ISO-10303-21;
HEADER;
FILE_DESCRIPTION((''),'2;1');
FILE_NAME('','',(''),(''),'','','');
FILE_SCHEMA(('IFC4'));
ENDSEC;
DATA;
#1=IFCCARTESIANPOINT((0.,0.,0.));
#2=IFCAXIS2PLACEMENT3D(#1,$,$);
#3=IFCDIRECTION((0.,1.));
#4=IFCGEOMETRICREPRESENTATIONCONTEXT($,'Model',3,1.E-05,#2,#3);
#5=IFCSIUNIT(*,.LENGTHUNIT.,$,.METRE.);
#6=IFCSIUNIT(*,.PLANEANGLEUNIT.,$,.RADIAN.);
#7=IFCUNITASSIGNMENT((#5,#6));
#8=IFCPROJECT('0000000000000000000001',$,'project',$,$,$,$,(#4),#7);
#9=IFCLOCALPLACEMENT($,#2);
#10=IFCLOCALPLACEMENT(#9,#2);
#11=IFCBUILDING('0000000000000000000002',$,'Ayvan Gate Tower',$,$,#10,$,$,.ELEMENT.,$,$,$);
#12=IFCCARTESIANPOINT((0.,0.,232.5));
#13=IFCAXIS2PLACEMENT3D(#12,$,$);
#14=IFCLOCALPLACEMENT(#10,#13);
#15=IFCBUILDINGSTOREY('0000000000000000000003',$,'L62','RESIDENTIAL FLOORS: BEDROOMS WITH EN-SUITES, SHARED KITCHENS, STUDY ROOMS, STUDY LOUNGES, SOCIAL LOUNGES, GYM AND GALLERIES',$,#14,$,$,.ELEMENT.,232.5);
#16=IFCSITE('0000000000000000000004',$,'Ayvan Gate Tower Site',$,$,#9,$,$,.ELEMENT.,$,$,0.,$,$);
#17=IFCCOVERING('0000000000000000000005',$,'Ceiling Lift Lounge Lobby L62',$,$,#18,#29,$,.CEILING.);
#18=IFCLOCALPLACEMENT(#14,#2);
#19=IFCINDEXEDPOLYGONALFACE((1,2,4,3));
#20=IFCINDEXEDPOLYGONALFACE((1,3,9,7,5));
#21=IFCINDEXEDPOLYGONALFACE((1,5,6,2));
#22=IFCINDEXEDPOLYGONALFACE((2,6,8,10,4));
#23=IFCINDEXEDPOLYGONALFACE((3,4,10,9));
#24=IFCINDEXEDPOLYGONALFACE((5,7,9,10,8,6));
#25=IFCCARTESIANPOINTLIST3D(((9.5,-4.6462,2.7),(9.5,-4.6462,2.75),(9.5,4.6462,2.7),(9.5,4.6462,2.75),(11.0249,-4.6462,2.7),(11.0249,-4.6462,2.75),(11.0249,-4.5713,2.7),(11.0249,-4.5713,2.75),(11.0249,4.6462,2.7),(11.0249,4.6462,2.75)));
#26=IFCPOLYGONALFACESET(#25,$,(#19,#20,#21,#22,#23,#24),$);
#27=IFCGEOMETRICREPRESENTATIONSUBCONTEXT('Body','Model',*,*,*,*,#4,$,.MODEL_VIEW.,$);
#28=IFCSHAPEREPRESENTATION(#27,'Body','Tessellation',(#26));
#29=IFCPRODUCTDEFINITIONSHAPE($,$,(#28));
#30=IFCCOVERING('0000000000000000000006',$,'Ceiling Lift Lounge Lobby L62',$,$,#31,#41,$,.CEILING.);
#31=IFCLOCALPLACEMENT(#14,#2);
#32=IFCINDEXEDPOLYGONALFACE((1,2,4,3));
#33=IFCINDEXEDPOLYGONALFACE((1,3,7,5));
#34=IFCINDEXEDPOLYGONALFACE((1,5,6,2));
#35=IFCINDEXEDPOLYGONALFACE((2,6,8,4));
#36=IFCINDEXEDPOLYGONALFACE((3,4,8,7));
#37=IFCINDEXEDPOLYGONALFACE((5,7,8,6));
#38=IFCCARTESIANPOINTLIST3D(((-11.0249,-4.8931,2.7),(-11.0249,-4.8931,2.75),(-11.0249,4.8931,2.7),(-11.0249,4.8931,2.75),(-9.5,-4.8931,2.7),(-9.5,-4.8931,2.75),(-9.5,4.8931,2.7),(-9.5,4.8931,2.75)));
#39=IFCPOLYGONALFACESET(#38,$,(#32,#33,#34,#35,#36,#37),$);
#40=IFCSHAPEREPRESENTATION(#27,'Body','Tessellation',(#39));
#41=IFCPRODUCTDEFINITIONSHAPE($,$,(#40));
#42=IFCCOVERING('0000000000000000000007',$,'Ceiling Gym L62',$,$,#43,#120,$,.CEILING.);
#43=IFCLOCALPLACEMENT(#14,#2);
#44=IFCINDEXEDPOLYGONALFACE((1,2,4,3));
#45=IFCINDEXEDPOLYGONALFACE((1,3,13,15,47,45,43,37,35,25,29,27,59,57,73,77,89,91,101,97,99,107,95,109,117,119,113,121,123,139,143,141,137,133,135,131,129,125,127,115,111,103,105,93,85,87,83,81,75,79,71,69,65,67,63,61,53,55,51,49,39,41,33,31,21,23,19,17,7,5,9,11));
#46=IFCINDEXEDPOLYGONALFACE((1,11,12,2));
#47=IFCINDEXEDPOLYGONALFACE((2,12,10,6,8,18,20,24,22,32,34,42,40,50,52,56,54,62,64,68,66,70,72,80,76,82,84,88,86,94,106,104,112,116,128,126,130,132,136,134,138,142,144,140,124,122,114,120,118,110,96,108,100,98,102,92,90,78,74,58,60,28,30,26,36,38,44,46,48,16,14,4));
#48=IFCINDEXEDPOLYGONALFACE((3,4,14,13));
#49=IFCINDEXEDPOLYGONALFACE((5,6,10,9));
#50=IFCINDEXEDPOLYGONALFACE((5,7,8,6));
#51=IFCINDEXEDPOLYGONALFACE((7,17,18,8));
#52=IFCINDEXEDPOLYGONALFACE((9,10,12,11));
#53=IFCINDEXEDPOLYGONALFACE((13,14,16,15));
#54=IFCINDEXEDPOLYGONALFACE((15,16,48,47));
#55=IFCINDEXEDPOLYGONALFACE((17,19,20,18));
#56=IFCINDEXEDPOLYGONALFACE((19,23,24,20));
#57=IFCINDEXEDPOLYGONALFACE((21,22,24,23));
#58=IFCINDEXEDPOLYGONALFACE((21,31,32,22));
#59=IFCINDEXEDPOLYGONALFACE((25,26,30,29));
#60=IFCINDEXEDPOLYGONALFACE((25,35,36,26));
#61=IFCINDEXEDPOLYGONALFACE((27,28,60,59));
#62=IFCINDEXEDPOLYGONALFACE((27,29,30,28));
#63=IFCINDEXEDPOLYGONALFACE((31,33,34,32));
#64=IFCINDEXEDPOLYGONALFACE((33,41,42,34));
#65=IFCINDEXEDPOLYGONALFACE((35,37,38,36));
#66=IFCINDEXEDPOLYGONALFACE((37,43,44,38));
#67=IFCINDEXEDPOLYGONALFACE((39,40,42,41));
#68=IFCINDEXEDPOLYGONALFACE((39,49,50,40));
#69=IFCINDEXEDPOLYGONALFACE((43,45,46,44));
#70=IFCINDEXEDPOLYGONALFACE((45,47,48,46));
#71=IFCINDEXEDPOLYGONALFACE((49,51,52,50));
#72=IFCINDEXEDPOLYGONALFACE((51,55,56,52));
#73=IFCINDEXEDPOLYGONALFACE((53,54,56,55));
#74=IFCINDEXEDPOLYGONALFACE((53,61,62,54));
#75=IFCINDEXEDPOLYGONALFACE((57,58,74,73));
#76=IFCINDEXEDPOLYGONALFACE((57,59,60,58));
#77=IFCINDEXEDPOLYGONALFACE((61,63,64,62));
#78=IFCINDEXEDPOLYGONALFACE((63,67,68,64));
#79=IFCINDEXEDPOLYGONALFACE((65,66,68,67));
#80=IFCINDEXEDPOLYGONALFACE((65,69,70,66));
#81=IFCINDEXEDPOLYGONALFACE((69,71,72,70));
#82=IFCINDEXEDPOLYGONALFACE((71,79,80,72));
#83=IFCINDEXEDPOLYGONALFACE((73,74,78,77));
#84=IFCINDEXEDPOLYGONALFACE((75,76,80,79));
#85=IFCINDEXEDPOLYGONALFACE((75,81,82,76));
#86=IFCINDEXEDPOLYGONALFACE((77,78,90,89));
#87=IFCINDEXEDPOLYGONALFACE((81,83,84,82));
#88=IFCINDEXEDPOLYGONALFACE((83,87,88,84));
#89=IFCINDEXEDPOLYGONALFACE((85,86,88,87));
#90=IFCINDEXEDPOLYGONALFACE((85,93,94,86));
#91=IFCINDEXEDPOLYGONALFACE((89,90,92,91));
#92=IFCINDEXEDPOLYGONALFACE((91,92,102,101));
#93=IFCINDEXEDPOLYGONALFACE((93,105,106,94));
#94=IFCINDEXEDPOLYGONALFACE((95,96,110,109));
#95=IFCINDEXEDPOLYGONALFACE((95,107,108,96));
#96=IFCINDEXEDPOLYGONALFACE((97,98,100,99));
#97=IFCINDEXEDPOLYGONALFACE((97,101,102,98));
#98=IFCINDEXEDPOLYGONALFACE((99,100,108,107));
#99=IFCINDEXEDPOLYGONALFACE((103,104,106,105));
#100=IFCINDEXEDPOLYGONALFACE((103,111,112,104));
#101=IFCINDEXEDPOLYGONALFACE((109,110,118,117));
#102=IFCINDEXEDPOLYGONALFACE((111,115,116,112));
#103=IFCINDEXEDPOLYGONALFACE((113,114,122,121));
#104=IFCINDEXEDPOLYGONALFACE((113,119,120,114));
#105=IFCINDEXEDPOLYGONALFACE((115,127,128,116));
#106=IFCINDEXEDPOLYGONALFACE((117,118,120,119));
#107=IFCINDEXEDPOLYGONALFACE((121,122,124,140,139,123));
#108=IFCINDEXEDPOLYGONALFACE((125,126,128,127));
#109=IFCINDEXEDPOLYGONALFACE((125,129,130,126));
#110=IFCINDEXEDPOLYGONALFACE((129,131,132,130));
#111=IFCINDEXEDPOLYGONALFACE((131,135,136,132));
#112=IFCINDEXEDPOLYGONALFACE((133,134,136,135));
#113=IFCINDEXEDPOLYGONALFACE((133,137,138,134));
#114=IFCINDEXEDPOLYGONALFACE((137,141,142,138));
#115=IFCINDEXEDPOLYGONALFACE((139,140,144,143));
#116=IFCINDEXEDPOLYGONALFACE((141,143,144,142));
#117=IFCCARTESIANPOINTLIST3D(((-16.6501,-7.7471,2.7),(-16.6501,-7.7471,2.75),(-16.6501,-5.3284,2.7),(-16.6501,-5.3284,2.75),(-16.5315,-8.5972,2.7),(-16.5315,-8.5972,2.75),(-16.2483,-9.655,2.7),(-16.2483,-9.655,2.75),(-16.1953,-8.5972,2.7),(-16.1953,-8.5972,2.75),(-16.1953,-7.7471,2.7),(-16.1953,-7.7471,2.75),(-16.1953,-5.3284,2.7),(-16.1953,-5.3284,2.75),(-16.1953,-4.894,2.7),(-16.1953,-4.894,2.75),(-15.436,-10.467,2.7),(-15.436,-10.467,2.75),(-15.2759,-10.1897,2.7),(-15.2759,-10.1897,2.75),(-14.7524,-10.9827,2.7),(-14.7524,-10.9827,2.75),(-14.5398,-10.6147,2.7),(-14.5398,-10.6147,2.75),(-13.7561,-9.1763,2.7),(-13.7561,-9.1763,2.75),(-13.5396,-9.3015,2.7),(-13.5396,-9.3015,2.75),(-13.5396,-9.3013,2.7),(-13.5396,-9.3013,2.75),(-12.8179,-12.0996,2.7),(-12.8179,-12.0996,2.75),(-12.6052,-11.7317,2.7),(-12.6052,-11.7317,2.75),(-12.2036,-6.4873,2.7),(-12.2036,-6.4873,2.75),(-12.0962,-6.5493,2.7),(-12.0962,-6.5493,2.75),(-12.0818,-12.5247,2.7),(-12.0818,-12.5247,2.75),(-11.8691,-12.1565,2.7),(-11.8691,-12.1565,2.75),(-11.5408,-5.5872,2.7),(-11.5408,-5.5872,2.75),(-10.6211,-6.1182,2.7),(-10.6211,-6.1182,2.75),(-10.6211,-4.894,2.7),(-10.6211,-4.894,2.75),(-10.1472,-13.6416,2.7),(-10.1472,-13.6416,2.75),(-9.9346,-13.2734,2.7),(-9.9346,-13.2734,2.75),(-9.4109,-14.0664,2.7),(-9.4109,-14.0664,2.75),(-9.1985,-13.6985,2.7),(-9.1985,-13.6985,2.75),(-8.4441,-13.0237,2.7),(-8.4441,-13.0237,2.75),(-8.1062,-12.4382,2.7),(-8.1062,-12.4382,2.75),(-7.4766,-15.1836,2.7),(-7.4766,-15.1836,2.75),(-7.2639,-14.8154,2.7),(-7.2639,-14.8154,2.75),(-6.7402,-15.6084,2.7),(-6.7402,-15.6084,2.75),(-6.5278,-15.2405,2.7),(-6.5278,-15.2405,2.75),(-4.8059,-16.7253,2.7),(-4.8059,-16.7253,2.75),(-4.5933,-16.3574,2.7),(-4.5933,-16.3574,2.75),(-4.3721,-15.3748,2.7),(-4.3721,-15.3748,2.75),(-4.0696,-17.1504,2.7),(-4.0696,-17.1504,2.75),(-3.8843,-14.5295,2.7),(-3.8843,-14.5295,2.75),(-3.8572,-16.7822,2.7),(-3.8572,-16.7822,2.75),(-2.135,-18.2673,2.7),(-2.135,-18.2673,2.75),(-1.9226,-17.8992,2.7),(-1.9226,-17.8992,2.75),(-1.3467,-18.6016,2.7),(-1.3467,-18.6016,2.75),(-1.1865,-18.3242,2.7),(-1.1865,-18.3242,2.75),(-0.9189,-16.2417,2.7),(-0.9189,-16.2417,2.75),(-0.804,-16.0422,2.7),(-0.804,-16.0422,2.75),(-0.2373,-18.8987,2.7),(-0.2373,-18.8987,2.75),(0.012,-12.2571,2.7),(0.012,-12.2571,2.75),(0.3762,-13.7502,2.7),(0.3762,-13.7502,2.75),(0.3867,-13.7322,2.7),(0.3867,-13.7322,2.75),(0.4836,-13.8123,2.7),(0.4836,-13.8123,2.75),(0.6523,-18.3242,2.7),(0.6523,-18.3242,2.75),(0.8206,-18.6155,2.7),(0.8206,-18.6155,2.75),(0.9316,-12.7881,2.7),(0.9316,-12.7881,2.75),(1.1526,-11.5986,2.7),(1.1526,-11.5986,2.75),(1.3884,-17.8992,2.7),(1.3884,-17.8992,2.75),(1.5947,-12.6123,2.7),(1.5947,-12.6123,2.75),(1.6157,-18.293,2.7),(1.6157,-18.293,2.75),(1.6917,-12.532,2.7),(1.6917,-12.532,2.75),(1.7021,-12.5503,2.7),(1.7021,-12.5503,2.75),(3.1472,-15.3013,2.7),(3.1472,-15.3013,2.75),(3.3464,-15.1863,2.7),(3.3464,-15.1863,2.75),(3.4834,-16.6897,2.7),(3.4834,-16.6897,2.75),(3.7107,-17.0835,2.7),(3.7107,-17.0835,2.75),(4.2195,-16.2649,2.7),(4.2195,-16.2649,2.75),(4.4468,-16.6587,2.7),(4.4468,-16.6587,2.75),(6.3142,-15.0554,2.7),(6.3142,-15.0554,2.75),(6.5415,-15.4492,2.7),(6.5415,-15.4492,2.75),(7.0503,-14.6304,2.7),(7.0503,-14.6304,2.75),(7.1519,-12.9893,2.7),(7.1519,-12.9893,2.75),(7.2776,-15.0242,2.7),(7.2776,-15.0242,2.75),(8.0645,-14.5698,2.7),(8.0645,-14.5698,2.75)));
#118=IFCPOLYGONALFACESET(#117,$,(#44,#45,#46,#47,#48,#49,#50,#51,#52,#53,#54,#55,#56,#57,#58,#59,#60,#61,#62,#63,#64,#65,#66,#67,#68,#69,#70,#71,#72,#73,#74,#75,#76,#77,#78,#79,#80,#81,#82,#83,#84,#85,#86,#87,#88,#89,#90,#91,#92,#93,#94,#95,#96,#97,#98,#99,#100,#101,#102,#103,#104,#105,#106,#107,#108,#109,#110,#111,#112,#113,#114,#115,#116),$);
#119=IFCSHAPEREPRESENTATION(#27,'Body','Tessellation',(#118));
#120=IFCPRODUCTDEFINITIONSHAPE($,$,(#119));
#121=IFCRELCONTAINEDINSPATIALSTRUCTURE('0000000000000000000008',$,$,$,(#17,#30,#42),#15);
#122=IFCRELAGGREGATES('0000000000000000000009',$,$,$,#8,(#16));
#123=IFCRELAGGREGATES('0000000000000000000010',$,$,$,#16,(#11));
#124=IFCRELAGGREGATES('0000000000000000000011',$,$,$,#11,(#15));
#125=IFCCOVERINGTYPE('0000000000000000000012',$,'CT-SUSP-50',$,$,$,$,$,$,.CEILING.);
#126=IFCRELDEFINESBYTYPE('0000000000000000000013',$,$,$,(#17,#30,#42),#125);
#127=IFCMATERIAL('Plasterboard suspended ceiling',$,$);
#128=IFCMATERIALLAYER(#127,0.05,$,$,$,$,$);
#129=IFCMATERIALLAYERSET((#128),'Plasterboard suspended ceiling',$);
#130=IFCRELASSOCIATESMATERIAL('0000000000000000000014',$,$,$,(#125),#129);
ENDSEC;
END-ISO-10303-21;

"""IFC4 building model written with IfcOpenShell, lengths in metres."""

from ifc_helpers import new_model, si_unit, direction, frame, origin, place, context, subcontext, project, spatial, polyline, outline, extrude, material, layer, layer_set, type_object, element, save


model = new_model("IFC4")

# Units and contexts
model_context = context("Model", 3, precision=1e-05, world=origin(), true_north=direction((0.0, 1.0)))
body_context = subcontext(model_context, "Body", "Model", "MODEL_VIEW")
ifc_project = project(units=[si_unit("LENGTHUNIT", "METRE"), si_unit("PLANEANGLEUNIT", "RADIAN")], contexts=[model_context])

# Site, building, storey
site_placement = place(None, origin())
site = spatial("IfcSite", under=ifc_project, at=site_placement, Name="Ayvan Gate Tower Site", CompositionType="ELEMENT", RefElevation=0.0)
building_placement = place(site_placement, origin())
building = spatial("IfcBuilding", under=site, at=building_placement, Name="Ayvan Gate Tower", CompositionType="ELEMENT")
storey_placement = place(building_placement, frame((0.0, 0.0, 232.5)))
storey = spatial("IfcBuildingStorey", under=building, at=storey_placement, Name="L62", Description="RESIDENTIAL FLOORS: BEDROOMS WITH EN-SUITES, SHARED KITCHENS, STUDY ROOMS, STUDY LOUNGES, SOCIAL LOUNGES, GYM AND GALLERIES", CompositionType="ELEMENT", Elevation=232.5)

# Coverings
ifc_material_1 = material(Name="Plasterboard suspended ceiling")
ifc_layer_1 = layer(ifc_material_1, 0.05)
ifc_layer_set_1 = layer_set([ifc_layer_1], Name="Plasterboard suspended ceiling")
covering_type = type_object("IfcCoveringType", Name="CT-SUSP-50", PredefinedType="CEILING", material=ifc_layer_set_1)
covering_1_placement = place(storey_placement, frame((0.0, 0.0, 2.7)))
element("IfcCovering", 1, at=covering_1_placement, inside=storey, type_object=covering_type, Name="Ceiling Lift Lounge Lobby L62", PredefinedType="CEILING", context=body_context, shape_type="SweptSolid", body=[
    extrude(outline(polyline([(11.0249, -4.6462), (9.5, -4.6462), (9.5, 4.6462), (11.0249, 4.6462), (11.0249, -4.5713), (11.0249, -4.5713), (11.0249, -4.6462)])), origin(), (0.0, 0.0, 1.0), 0.05),
])
covering_2_placement = place(storey_placement, frame((0.0, 0.0, 2.7)))
element("IfcCovering", 2, at=covering_2_placement, inside=storey, type_object=covering_type, Name="Ceiling Lift Lounge Lobby L62", PredefinedType="CEILING", context=body_context, shape_type="SweptSolid", body=[
    extrude(outline(polyline([(-11.0249, 4.8931), (-9.5, 4.8931), (-9.5, -4.8931), (-11.0249, -4.8931), (-11.0249, 4.8931)])), origin(), (0.0, 0.0, 1.0), 0.05),
])
covering_3_placement = place(storey_placement, frame((0.0, 0.0, 2.7)))
element("IfcCovering", 3, at=covering_3_placement, inside=storey, type_object=covering_type, Name="Ceiling Gym L62", PredefinedType="CEILING", context=body_context, shape_type="SweptSolid", body=[
    extrude(outline(polyline([(-13.5396, -9.3015), (-8.1062, -12.4382), (-8.4441, -13.0237), (-4.3721, -15.3748), (-3.8843, -14.5295), (-0.9189, -16.2417), (-0.804, -16.0422), (0.4836, -13.8123), (0.3762, -13.7502), (0.3867, -13.7322), (0.9316, -12.7881), (0.012, -12.2571), (1.1526, -11.5986), (1.6917, -12.532), (1.7021, -12.5503), (1.5947, -12.6123), (3.1472, -15.3013), (3.3464, -15.1863), (7.1519, -12.9893), (8.0645, -14.5698), (7.2776, -15.0242), (7.0503, -14.6304), (6.3142, -15.0554), (6.5415, -15.4492), (4.4468, -16.6587), (4.2195, -16.2649), (3.4834, -16.6897), (3.7107, -17.0835), (1.6157, -18.293), (1.3884, -17.8992), (0.6523, -18.3242), (0.8206, -18.6155), (-0.2373, -18.8987), (-1.3467, -18.6016), (-1.1865, -18.3242), (-1.9226, -17.8992), (-2.135, -18.2673), (-4.0696, -17.1504), (-3.8572, -16.7822), (-4.5933, -16.3574), (-4.8059, -16.7253), (-6.7402, -15.6084), (-6.5278, -15.2405), (-7.2639, -14.8154), (-7.4766, -15.1836), (-9.4109, -14.0664), (-9.1985, -13.6985), (-9.9346, -13.2734), (-10.1472, -13.6416), (-12.0818, -12.5247), (-11.8691, -12.1565), (-12.6052, -11.7317), (-12.8179, -12.0996), (-14.7524, -10.9827), (-14.5398, -10.6147), (-15.2759, -10.1897), (-15.436, -10.467), (-16.2483, -9.655), (-16.5315, -8.5972), (-16.1953, -8.5972), (-16.1953, -7.7471), (-16.6501, -7.7471), (-16.6501, -5.3284), (-16.1953, -5.3284), (-16.1953, -4.894), (-10.6211, -4.894), (-10.6211, -6.1182), (-11.5408, -5.5872), (-12.0962, -6.5493), (-12.2036, -6.4873), (-13.7561, -9.1763), (-13.5396, -9.3013), (-13.5396, -9.3015)])), origin(), (0.0, 0.0, 1.0), 0.05),
])

save(model, "model.ifc")
